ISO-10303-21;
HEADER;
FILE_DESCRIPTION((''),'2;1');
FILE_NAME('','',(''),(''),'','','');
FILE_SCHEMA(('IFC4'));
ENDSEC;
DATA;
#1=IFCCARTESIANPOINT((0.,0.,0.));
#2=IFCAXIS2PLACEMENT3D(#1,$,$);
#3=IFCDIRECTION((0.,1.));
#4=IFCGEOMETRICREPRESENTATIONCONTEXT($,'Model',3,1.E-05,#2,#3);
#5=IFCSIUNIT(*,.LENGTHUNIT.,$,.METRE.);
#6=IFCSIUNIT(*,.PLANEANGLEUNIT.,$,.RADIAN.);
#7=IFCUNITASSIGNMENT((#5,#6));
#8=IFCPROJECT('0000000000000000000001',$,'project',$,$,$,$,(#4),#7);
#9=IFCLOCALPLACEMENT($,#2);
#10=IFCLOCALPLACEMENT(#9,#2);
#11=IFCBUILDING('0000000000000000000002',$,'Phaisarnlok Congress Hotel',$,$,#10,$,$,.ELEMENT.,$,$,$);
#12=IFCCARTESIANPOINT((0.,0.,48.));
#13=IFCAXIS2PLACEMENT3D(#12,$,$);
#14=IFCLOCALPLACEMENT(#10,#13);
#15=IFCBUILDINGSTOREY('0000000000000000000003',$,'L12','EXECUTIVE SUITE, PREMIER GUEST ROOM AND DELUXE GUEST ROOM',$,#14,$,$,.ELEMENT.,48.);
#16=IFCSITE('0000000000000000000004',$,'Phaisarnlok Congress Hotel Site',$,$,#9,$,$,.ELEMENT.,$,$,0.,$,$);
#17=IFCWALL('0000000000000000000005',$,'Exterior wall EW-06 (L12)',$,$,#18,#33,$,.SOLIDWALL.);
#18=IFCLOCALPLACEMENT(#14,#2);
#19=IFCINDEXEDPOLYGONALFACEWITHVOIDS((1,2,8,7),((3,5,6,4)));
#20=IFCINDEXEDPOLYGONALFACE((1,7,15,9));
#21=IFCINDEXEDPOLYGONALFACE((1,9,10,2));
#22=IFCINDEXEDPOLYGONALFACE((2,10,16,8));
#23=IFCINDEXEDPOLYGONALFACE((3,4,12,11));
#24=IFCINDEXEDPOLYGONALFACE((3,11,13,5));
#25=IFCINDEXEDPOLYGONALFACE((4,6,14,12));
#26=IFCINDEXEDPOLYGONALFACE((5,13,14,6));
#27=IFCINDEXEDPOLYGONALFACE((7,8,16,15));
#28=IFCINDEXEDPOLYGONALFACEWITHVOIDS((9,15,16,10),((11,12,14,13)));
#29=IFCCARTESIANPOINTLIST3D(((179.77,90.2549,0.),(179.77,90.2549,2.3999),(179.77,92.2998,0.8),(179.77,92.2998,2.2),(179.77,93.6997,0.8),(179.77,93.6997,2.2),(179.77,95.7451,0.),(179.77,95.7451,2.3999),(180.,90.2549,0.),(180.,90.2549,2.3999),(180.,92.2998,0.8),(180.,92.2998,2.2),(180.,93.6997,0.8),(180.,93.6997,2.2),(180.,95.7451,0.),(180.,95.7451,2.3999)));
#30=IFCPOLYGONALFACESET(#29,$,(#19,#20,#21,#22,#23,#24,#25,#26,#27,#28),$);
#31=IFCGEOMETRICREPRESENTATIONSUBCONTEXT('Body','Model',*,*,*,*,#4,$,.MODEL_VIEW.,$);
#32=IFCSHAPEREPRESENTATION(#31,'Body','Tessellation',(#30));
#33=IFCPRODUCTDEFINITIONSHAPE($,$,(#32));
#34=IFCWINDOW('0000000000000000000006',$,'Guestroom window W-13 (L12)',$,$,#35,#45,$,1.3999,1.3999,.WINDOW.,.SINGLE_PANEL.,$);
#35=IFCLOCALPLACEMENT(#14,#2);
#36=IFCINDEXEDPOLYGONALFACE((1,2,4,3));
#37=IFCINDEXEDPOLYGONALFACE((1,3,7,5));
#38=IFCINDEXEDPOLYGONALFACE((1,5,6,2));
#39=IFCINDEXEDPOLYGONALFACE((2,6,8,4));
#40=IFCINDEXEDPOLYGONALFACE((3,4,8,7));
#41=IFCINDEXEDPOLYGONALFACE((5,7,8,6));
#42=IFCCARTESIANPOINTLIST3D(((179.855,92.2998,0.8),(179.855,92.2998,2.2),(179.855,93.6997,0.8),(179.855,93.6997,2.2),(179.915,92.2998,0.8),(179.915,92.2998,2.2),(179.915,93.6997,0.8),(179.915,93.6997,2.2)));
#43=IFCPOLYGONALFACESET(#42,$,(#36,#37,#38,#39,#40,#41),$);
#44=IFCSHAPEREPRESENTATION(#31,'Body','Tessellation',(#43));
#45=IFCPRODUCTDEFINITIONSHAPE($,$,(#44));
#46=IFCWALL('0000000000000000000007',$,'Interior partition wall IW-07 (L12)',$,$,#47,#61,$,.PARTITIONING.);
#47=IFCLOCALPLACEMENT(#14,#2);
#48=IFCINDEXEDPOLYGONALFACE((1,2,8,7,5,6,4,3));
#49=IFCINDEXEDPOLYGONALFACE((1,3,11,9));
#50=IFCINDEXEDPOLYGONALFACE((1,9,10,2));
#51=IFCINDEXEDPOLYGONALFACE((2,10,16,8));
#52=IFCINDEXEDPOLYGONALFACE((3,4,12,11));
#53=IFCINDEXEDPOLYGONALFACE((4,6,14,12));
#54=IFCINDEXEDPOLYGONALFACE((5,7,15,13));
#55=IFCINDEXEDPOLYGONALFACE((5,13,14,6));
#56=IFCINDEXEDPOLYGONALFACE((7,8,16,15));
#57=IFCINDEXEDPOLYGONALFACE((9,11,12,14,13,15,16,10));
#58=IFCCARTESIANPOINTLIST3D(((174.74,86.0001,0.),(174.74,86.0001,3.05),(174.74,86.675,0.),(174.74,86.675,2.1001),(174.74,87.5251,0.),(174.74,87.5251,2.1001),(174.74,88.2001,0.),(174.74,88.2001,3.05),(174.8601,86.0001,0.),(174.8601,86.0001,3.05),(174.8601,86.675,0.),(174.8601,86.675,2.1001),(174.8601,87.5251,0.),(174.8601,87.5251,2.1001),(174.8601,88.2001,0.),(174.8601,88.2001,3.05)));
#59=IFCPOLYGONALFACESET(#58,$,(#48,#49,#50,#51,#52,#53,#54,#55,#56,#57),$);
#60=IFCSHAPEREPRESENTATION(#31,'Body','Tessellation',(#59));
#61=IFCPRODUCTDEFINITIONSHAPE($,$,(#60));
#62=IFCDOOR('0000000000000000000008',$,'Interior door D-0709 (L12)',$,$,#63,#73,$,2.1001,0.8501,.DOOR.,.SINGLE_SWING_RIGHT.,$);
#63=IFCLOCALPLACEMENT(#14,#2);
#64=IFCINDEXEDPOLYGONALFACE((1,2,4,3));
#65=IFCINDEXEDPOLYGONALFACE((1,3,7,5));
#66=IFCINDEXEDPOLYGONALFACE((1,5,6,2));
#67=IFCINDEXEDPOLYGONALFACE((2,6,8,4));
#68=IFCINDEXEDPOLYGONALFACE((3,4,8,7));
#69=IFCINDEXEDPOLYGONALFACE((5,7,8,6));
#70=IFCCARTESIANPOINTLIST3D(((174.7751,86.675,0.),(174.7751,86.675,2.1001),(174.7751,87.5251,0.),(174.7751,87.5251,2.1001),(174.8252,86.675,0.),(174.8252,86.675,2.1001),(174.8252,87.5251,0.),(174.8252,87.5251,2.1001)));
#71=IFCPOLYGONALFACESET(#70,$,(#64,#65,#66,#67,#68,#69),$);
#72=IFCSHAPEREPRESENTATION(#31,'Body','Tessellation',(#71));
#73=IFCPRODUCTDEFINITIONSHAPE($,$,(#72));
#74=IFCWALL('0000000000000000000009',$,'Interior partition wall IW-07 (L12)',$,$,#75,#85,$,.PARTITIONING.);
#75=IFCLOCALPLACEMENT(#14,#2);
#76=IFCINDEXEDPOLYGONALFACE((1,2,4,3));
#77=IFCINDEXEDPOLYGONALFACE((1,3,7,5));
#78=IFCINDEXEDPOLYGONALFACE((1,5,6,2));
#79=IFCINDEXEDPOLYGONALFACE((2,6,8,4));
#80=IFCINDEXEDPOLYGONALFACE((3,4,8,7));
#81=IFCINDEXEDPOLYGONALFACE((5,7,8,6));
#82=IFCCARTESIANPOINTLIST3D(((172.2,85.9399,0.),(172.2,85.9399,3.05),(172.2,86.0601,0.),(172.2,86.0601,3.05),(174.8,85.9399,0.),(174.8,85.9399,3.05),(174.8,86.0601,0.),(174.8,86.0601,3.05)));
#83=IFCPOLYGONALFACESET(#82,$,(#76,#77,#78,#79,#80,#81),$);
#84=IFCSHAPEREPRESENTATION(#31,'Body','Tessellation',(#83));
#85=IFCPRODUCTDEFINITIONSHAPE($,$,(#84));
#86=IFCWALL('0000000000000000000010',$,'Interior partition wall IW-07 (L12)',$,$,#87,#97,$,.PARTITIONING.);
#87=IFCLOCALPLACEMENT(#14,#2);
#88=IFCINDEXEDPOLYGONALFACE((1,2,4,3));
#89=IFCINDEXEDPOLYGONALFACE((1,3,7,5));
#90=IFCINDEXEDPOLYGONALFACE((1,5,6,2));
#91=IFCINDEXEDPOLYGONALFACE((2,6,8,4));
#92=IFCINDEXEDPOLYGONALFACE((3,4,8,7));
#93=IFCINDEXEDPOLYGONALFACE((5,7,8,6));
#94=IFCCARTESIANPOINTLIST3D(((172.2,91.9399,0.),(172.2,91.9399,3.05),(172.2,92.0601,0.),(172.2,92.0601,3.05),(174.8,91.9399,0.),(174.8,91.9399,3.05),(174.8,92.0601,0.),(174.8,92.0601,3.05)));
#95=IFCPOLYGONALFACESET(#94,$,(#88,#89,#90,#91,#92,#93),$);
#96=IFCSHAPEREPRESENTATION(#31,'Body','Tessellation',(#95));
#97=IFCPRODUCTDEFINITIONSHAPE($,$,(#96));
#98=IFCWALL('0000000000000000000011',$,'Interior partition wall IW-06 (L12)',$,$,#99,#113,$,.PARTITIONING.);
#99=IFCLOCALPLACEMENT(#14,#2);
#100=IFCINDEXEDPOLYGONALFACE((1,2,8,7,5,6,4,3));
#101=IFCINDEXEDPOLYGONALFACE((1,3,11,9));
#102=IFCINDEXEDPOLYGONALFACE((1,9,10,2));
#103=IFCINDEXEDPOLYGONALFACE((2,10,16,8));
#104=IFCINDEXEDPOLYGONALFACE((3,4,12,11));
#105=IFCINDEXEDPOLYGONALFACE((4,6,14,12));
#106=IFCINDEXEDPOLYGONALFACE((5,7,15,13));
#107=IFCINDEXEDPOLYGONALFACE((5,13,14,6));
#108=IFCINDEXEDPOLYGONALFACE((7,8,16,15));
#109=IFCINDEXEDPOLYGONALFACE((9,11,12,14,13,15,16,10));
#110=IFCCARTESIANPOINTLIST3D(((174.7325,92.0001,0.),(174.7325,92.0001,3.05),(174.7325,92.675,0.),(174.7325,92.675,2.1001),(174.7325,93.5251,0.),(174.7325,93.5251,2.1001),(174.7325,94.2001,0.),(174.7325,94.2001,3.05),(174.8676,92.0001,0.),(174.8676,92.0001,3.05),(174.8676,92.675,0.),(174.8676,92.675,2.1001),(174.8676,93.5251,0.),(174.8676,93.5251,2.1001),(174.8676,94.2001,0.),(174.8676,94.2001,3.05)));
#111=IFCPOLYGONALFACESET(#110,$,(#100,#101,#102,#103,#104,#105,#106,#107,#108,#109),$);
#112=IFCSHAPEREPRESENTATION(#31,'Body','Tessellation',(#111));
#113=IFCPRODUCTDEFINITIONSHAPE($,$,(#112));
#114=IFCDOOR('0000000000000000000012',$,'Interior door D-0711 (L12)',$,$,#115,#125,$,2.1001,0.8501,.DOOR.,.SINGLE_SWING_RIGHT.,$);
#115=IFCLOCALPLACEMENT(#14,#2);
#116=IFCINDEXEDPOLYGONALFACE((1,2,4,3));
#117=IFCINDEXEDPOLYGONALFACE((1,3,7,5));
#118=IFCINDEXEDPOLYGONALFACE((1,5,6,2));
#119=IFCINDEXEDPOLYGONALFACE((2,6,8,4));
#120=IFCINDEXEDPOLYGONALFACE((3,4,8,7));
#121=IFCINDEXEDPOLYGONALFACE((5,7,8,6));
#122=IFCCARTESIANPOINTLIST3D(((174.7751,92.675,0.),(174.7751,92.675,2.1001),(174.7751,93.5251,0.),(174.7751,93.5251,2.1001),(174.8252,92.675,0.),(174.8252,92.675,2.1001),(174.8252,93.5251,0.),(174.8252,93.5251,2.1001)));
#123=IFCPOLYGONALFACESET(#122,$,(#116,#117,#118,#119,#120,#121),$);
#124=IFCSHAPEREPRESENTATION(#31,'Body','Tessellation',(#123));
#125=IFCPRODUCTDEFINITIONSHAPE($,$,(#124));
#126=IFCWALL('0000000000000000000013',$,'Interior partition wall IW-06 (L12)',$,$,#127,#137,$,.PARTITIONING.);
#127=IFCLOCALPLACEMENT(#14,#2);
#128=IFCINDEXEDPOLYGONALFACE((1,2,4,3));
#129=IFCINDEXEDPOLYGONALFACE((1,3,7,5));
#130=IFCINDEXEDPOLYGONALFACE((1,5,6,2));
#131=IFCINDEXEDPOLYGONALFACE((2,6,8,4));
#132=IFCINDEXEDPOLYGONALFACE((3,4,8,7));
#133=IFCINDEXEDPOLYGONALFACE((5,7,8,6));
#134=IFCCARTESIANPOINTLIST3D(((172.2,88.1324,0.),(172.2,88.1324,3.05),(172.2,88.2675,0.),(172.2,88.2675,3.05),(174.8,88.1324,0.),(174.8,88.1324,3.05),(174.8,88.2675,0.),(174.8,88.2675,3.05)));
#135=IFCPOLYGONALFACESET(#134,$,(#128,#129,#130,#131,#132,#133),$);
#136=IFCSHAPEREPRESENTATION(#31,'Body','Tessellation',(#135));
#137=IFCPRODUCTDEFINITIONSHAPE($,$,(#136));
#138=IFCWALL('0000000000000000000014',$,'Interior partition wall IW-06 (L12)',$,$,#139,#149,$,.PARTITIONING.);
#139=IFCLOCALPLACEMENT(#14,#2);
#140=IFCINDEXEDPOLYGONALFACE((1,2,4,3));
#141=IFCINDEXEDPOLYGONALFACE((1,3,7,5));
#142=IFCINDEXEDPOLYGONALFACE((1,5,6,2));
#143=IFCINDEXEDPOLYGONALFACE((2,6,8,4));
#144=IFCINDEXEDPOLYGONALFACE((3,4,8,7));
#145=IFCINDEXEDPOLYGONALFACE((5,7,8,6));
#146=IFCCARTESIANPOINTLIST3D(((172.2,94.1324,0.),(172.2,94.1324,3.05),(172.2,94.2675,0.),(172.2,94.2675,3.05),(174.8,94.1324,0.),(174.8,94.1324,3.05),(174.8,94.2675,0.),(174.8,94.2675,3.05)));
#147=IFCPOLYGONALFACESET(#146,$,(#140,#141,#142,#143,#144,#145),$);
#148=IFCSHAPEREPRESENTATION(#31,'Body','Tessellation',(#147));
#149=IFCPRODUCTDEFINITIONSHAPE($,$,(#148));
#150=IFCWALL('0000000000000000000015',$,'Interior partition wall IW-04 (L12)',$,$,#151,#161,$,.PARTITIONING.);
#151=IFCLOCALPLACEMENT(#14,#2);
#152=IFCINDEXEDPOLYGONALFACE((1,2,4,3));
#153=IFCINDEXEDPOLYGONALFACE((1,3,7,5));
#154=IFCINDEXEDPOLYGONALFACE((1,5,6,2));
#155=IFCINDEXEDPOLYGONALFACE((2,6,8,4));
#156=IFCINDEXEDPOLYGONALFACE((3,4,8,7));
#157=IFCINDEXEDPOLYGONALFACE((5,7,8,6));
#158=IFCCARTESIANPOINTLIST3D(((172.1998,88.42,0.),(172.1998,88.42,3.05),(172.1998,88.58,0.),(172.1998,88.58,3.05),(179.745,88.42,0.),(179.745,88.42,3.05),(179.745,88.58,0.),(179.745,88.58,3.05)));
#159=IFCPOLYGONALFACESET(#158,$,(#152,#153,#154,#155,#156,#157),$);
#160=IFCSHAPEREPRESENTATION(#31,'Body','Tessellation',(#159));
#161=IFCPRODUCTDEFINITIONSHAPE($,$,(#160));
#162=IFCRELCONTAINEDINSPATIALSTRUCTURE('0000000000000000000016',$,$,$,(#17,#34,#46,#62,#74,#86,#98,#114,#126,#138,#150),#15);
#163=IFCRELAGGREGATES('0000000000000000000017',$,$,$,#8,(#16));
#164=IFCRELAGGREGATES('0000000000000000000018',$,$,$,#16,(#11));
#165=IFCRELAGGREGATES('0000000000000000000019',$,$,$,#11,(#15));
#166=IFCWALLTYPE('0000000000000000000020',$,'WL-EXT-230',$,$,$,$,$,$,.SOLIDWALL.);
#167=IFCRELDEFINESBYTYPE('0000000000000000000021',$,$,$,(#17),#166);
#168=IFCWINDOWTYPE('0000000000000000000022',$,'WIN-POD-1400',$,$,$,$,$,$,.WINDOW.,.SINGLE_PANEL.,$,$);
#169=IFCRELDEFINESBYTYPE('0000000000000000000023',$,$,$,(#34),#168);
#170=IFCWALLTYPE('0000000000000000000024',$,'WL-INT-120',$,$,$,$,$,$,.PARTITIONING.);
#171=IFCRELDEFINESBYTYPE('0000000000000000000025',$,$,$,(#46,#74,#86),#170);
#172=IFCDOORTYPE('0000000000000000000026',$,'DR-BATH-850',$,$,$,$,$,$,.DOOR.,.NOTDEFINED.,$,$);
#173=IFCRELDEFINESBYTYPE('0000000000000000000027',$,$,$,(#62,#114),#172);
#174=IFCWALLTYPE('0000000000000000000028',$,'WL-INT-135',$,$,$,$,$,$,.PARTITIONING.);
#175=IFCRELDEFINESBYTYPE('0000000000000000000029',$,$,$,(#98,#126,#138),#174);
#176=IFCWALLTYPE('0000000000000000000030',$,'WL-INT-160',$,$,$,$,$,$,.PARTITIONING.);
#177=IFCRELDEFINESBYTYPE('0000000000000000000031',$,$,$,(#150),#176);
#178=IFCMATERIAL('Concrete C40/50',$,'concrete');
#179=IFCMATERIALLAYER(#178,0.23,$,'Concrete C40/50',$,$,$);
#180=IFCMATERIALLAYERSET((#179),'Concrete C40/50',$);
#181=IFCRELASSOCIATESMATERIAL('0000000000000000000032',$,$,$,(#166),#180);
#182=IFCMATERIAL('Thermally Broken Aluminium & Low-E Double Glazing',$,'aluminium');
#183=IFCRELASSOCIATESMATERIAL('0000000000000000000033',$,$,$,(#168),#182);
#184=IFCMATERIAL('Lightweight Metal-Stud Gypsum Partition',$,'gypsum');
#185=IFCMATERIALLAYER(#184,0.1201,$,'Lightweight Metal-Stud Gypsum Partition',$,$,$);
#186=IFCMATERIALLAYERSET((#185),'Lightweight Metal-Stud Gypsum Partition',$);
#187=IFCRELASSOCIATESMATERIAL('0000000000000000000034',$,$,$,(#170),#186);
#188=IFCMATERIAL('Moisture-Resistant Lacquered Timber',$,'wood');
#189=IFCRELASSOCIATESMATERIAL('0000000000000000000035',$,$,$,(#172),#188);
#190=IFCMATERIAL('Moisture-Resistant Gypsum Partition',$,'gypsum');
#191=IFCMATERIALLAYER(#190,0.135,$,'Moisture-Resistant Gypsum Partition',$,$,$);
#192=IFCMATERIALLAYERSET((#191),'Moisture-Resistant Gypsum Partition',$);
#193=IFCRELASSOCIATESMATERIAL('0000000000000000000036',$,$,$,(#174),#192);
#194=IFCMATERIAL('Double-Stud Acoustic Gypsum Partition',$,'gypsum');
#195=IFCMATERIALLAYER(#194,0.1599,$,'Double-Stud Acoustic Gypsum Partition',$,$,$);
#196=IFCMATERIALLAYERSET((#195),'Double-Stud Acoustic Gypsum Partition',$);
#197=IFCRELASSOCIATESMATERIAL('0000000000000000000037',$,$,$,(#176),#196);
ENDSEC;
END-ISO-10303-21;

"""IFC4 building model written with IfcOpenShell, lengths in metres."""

from ifc_helpers import new_model, si_unit, direction, frame, frame_2d, origin, place, context, subcontext, project, spatial, rectangle, extrude, material, layer, layer_set, type_object, element, fill, save


model = new_model("IFC4")

# Units and contexts
model_context = context("Model", 3, precision=1e-05, world=origin(), true_north=direction((0.0, 1.0)))
body_context = subcontext(model_context, "Body", "Model", "MODEL_VIEW")
ifc_project = project(units=[si_unit("LENGTHUNIT", "METRE"), si_unit("PLANEANGLEUNIT", "RADIAN")], contexts=[model_context])

# Site, building, storey
site_placement = place(None, origin())
site = spatial("IfcSite", under=ifc_project, at=site_placement, Name="Phaisarnlok Congress Hotel Site", CompositionType="ELEMENT", RefElevation=0.0)
building_placement = place(site_placement, origin())
building = spatial("IfcBuilding", under=site, at=building_placement, Name="Phaisarnlok Congress Hotel", CompositionType="ELEMENT")
storey_placement = place(building_placement, frame((0.0, 0.0, 48.0)))
storey = spatial("IfcBuildingStorey", under=building, at=storey_placement, Name="L12", Description="EXECUTIVE SUITE, PREMIER GUEST ROOM AND DELUXE GUEST ROOM", CompositionType="ELEMENT", Elevation=48.0)

# Shared definitions
ifc_material_1 = material(Name="Concrete C40/50", Category="concrete")

# Wall, opening, window
ifc_layer_1 = layer(ifc_material_1, 0.23, Name="Concrete C40/50")
ifc_layer_set_1 = layer_set([ifc_layer_1], Name="Concrete C40/50")
wall_type_1 = type_object("IfcWallType", Name="WL-EXT-230", PredefinedType="SOLIDWALL", material=ifc_layer_set_1)
wall_1_placement = place(storey_placement, frame((179.885, 90.2549, 0.0), z_axis=(0.0, 0.0, 1.0), x_axis=(0.0, 1.0, 0.0)))
wall_1 = element("IfcWall", 1, at=wall_1_placement, inside=storey, type_object=wall_type_1, Name="Exterior wall EW-06 (L12)", PredefinedType="SOLIDWALL", context=body_context, shape_type="SweptSolid", body=[
    extrude(rectangle(XDim=5.4902, YDim=0.23, at=frame_2d((2.7451, 0.0))), origin(), (0.0, 0.0, 1.0), 2.3999),
])
opening_1_placement = place(wall_1_placement, frame((2.0449, 0.0, 0.8)))
opening_1 = element("IfcOpeningElement", 2, at=opening_1_placement, cuts=wall_1, PredefinedType="OPENING", context=body_context, shape_type="SweptSolid", body=[
    extrude(rectangle(XDim=1.3999, YDim=1.3999, at=frame_2d((0.7, 0.7))), frame((0.0, 0.125, 0.0), z_axis=(0.0, -1.0, 0.0), x_axis=(1.0, 0.0, 0.0)), (0.0, 0.0, 1.0), 0.25),
])
ifc_material_2 = material(Name="Thermally Broken Aluminium & Low-E Double Glazing", Category="aluminium")
window_type = type_object("IfcWindowType", Name="WIN-POD-1400", PartitioningType="SINGLE_PANEL", PredefinedType="WINDOW", material=ifc_material_2)
window_placement = place(opening_1_placement, origin())
window = element("IfcWindow", 3, at=window_placement, inside=storey, type_object=window_type, Name="Guestroom window W-13 (L12)", OverallHeight=1.3999, OverallWidth=1.3999, PartitioningType="SINGLE_PANEL", PredefinedType="WINDOW", context=body_context, shape_type="SweptSolid", body=[
    extrude(rectangle(XDim=1.3999, YDim=1.3999, at=frame_2d((0.7, 0.7))), frame((0.0, 0.03, 0.0), z_axis=(0.0, -1.0, 0.0), x_axis=(1.0, 0.0, 0.0)), (0.0, 0.0, 1.0), 0.0601),
])
fill(opening_1, window)

# Wall, opening, door
ifc_material_3 = material(Name="Lightweight Metal-Stud Gypsum Partition", Category="gypsum")
ifc_layer_2 = layer(ifc_material_3, 0.1201, Name="Lightweight Metal-Stud Gypsum Partition")
ifc_layer_set_2 = layer_set([ifc_layer_2], Name="Lightweight Metal-Stud Gypsum Partition")
wall_type_2 = type_object("IfcWallType", Name="WL-INT-120", PredefinedType="PARTITIONING", material=ifc_layer_set_2)
wall_2_placement = place(storey_placement, frame((174.8, 86.0, 0.0), z_axis=(0.0, 0.0, 1.0), x_axis=(0.0, 1.0, 0.0)))
wall_2 = element("IfcWall", 4, at=wall_2_placement, inside=storey, type_object=wall_type_2, Name="Interior partition wall IW-07 (L12)", PredefinedType="PARTITIONING", context=body_context, shape_type="SweptSolid", body=[
    extrude(rectangle(XDim=2.2, YDim=0.1201, at=frame_2d((1.1001, 0.0))), origin(), (0.0, 0.0, 1.0), 3.05),
])
opening_2_placement = place(wall_2_placement, frame((0.675, 0.0, 0.0)))
opening_2 = element("IfcOpeningElement", 5, at=opening_2_placement, cuts=wall_2, PredefinedType="OPENING", context=body_context, shape_type="SweptSolid", body=[
    extrude(rectangle(XDim=0.8501, YDim=2.1001, at=frame_2d((0.425, 1.05))), frame((0.0, 0.0701, 0.0), z_axis=(0.0, -1.0, 0.0), x_axis=(1.0, 0.0, 0.0)), (0.0, 0.0, 1.0), 0.1401),
])
ifc_material_4 = material(Name="Moisture-Resistant Lacquered Timber", Category="wood")
door_type = type_object("IfcDoorType", Name="DR-BATH-850", OperationType="NOTDEFINED", PredefinedType="DOOR", material=ifc_material_4)
door_1_placement = place(opening_2_placement, origin())
door_1 = element("IfcDoor", 6, at=door_1_placement, inside=storey, type_object=door_type, Name="Interior door D-0709 (L12)", OperationType="SINGLE_SWING_RIGHT", OverallHeight=2.1001, OverallWidth=0.8501, PredefinedType="DOOR", context=body_context, shape_type="SweptSolid", body=[
    extrude(rectangle(XDim=0.8501, YDim=2.1001, at=frame_2d((0.425, 1.05))), frame((0.0, 0.0249, 0.0), z_axis=(0.0, -1.0, 0.0), x_axis=(1.0, 0.0, 0.0)), (0.0, 0.0, 1.0), 0.05),
])
fill(opening_2, door_1)

# Walls
for number, where, z_axis, x_axis, name in (
    (7, (172.2, 86.0, 0.0), (0.0, 0.0, 1.0), (1.0, 0.0, 0.0), "Interior partition wall IW-07 (L12)"),
    (8, (172.2, 92.0, 0.0), (0.0, 0.0, 1.0), (1.0, 0.0, 0.0), "Interior partition wall IW-07 (L12)"),
):
    element("IfcWall", number, at=place(storey_placement, frame(where, z_axis=z_axis, x_axis=x_axis)), inside=storey, type_object=wall_type_2, Name=name, PredefinedType="PARTITIONING", context=body_context, shape_type="SweptSolid", body=[
        extrude(rectangle(XDim=2.6001, YDim=0.1201, at=frame_2d((1.3, 0.0))), origin(), (0.0, 0.0, 1.0), 3.05),
    ])

# Wall, opening, door
ifc_material_5 = material(Name="Moisture-Resistant Gypsum Partition", Category="gypsum")
ifc_layer_3 = layer(ifc_material_5, 0.135, Name="Moisture-Resistant Gypsum Partition")
ifc_layer_set_3 = layer_set([ifc_layer_3], Name="Moisture-Resistant Gypsum Partition")
wall_type_3 = type_object("IfcWallType", Name="WL-INT-135", PredefinedType="PARTITIONING", material=ifc_layer_set_3)
wall_3_placement = place(storey_placement, frame((174.8, 92.0, 0.0), z_axis=(0.0, 0.0, 1.0), x_axis=(0.0, 1.0, 0.0)))
wall_3 = element("IfcWall", 9, at=wall_3_placement, inside=storey, type_object=wall_type_3, Name="Interior partition wall IW-06 (L12)", PredefinedType="PARTITIONING", context=body_context, shape_type="SweptSolid", body=[
    extrude(rectangle(XDim=2.2, YDim=0.135, at=frame_2d((1.1001, 0.0))), origin(), (0.0, 0.0, 1.0), 3.05),
])
opening_3_placement = place(wall_3_placement, frame((0.675, 0.0, 0.0)))
opening_3 = element("IfcOpeningElement", 10, at=opening_3_placement, cuts=wall_3, PredefinedType="OPENING", context=body_context, shape_type="SweptSolid", body=[
    extrude(rectangle(XDim=0.8501, YDim=2.1001, at=frame_2d((0.425, 1.05))), frame((0.0, 0.0776, 0.0), z_axis=(0.0, -1.0, 0.0), x_axis=(1.0, 0.0, 0.0)), (0.0, 0.0, 1.0), 0.155),
])
door_2_placement = place(opening_3_placement, origin())
door_2 = element("IfcDoor", 11, at=door_2_placement, inside=storey, type_object=door_type, Name="Interior door D-0711 (L12)", OperationType="SINGLE_SWING_RIGHT", OverallHeight=2.1001, OverallWidth=0.8501, PredefinedType="DOOR", context=body_context, shape_type="SweptSolid", body=[
    extrude(rectangle(XDim=0.8501, YDim=2.1001, at=frame_2d((0.425, 1.05))), frame((0.0, 0.0249, 0.0), z_axis=(0.0, -1.0, 0.0), x_axis=(1.0, 0.0, 0.0)), (0.0, 0.0, 1.0), 0.05),
])
fill(opening_3, door_2)

# Walls
for number, where, z_axis, x_axis, name in (
    (12, (172.2, 88.2, 0.0), (0.0, 0.0, 1.0), (1.0, 0.0, 0.0), "Interior partition wall IW-06 (L12)"),
    (13, (172.2, 94.2, 0.0), (0.0, 0.0, 1.0), (1.0, 0.0, 0.0), "Interior partition wall IW-06 (L12)"),
):
    element("IfcWall", number, at=place(storey_placement, frame(where, z_axis=z_axis, x_axis=x_axis)), inside=storey, type_object=wall_type_3, Name=name, PredefinedType="PARTITIONING", context=body_context, shape_type="SweptSolid", body=[
        extrude(rectangle(XDim=2.6001, YDim=0.135, at=frame_2d((1.3, 0.0))), origin(), (0.0, 0.0, 1.0), 3.05),
    ])
ifc_material_6 = material(Name="Double-Stud Acoustic Gypsum Partition", Category="gypsum")
ifc_layer_4 = layer(ifc_material_6, 0.1599, Name="Double-Stud Acoustic Gypsum Partition")
ifc_layer_set_4 = layer_set([ifc_layer_4], Name="Double-Stud Acoustic Gypsum Partition")
wall_type_4 = type_object("IfcWallType", Name="WL-INT-160", PredefinedType="PARTITIONING", material=ifc_layer_set_4)
wall_4_placement = place(storey_placement, frame((172.2, 88.5, 0.0), z_axis=(0.0, 0.0, 1.0), x_axis=(1.0, 0.0, 0.0)))
element("IfcWall", 14, at=wall_4_placement, inside=storey, type_object=wall_type_4, Name="Interior partition wall IW-04 (L12)", PredefinedType="PARTITIONING", context=body_context, shape_type="SweptSolid", body=[
    extrude(rectangle(XDim=7.5452, YDim=0.1599, at=frame_2d((3.7725, 0.0))), origin(), (0.0, 0.0, 1.0), 3.05),
])

save(model, "model.ifc")
